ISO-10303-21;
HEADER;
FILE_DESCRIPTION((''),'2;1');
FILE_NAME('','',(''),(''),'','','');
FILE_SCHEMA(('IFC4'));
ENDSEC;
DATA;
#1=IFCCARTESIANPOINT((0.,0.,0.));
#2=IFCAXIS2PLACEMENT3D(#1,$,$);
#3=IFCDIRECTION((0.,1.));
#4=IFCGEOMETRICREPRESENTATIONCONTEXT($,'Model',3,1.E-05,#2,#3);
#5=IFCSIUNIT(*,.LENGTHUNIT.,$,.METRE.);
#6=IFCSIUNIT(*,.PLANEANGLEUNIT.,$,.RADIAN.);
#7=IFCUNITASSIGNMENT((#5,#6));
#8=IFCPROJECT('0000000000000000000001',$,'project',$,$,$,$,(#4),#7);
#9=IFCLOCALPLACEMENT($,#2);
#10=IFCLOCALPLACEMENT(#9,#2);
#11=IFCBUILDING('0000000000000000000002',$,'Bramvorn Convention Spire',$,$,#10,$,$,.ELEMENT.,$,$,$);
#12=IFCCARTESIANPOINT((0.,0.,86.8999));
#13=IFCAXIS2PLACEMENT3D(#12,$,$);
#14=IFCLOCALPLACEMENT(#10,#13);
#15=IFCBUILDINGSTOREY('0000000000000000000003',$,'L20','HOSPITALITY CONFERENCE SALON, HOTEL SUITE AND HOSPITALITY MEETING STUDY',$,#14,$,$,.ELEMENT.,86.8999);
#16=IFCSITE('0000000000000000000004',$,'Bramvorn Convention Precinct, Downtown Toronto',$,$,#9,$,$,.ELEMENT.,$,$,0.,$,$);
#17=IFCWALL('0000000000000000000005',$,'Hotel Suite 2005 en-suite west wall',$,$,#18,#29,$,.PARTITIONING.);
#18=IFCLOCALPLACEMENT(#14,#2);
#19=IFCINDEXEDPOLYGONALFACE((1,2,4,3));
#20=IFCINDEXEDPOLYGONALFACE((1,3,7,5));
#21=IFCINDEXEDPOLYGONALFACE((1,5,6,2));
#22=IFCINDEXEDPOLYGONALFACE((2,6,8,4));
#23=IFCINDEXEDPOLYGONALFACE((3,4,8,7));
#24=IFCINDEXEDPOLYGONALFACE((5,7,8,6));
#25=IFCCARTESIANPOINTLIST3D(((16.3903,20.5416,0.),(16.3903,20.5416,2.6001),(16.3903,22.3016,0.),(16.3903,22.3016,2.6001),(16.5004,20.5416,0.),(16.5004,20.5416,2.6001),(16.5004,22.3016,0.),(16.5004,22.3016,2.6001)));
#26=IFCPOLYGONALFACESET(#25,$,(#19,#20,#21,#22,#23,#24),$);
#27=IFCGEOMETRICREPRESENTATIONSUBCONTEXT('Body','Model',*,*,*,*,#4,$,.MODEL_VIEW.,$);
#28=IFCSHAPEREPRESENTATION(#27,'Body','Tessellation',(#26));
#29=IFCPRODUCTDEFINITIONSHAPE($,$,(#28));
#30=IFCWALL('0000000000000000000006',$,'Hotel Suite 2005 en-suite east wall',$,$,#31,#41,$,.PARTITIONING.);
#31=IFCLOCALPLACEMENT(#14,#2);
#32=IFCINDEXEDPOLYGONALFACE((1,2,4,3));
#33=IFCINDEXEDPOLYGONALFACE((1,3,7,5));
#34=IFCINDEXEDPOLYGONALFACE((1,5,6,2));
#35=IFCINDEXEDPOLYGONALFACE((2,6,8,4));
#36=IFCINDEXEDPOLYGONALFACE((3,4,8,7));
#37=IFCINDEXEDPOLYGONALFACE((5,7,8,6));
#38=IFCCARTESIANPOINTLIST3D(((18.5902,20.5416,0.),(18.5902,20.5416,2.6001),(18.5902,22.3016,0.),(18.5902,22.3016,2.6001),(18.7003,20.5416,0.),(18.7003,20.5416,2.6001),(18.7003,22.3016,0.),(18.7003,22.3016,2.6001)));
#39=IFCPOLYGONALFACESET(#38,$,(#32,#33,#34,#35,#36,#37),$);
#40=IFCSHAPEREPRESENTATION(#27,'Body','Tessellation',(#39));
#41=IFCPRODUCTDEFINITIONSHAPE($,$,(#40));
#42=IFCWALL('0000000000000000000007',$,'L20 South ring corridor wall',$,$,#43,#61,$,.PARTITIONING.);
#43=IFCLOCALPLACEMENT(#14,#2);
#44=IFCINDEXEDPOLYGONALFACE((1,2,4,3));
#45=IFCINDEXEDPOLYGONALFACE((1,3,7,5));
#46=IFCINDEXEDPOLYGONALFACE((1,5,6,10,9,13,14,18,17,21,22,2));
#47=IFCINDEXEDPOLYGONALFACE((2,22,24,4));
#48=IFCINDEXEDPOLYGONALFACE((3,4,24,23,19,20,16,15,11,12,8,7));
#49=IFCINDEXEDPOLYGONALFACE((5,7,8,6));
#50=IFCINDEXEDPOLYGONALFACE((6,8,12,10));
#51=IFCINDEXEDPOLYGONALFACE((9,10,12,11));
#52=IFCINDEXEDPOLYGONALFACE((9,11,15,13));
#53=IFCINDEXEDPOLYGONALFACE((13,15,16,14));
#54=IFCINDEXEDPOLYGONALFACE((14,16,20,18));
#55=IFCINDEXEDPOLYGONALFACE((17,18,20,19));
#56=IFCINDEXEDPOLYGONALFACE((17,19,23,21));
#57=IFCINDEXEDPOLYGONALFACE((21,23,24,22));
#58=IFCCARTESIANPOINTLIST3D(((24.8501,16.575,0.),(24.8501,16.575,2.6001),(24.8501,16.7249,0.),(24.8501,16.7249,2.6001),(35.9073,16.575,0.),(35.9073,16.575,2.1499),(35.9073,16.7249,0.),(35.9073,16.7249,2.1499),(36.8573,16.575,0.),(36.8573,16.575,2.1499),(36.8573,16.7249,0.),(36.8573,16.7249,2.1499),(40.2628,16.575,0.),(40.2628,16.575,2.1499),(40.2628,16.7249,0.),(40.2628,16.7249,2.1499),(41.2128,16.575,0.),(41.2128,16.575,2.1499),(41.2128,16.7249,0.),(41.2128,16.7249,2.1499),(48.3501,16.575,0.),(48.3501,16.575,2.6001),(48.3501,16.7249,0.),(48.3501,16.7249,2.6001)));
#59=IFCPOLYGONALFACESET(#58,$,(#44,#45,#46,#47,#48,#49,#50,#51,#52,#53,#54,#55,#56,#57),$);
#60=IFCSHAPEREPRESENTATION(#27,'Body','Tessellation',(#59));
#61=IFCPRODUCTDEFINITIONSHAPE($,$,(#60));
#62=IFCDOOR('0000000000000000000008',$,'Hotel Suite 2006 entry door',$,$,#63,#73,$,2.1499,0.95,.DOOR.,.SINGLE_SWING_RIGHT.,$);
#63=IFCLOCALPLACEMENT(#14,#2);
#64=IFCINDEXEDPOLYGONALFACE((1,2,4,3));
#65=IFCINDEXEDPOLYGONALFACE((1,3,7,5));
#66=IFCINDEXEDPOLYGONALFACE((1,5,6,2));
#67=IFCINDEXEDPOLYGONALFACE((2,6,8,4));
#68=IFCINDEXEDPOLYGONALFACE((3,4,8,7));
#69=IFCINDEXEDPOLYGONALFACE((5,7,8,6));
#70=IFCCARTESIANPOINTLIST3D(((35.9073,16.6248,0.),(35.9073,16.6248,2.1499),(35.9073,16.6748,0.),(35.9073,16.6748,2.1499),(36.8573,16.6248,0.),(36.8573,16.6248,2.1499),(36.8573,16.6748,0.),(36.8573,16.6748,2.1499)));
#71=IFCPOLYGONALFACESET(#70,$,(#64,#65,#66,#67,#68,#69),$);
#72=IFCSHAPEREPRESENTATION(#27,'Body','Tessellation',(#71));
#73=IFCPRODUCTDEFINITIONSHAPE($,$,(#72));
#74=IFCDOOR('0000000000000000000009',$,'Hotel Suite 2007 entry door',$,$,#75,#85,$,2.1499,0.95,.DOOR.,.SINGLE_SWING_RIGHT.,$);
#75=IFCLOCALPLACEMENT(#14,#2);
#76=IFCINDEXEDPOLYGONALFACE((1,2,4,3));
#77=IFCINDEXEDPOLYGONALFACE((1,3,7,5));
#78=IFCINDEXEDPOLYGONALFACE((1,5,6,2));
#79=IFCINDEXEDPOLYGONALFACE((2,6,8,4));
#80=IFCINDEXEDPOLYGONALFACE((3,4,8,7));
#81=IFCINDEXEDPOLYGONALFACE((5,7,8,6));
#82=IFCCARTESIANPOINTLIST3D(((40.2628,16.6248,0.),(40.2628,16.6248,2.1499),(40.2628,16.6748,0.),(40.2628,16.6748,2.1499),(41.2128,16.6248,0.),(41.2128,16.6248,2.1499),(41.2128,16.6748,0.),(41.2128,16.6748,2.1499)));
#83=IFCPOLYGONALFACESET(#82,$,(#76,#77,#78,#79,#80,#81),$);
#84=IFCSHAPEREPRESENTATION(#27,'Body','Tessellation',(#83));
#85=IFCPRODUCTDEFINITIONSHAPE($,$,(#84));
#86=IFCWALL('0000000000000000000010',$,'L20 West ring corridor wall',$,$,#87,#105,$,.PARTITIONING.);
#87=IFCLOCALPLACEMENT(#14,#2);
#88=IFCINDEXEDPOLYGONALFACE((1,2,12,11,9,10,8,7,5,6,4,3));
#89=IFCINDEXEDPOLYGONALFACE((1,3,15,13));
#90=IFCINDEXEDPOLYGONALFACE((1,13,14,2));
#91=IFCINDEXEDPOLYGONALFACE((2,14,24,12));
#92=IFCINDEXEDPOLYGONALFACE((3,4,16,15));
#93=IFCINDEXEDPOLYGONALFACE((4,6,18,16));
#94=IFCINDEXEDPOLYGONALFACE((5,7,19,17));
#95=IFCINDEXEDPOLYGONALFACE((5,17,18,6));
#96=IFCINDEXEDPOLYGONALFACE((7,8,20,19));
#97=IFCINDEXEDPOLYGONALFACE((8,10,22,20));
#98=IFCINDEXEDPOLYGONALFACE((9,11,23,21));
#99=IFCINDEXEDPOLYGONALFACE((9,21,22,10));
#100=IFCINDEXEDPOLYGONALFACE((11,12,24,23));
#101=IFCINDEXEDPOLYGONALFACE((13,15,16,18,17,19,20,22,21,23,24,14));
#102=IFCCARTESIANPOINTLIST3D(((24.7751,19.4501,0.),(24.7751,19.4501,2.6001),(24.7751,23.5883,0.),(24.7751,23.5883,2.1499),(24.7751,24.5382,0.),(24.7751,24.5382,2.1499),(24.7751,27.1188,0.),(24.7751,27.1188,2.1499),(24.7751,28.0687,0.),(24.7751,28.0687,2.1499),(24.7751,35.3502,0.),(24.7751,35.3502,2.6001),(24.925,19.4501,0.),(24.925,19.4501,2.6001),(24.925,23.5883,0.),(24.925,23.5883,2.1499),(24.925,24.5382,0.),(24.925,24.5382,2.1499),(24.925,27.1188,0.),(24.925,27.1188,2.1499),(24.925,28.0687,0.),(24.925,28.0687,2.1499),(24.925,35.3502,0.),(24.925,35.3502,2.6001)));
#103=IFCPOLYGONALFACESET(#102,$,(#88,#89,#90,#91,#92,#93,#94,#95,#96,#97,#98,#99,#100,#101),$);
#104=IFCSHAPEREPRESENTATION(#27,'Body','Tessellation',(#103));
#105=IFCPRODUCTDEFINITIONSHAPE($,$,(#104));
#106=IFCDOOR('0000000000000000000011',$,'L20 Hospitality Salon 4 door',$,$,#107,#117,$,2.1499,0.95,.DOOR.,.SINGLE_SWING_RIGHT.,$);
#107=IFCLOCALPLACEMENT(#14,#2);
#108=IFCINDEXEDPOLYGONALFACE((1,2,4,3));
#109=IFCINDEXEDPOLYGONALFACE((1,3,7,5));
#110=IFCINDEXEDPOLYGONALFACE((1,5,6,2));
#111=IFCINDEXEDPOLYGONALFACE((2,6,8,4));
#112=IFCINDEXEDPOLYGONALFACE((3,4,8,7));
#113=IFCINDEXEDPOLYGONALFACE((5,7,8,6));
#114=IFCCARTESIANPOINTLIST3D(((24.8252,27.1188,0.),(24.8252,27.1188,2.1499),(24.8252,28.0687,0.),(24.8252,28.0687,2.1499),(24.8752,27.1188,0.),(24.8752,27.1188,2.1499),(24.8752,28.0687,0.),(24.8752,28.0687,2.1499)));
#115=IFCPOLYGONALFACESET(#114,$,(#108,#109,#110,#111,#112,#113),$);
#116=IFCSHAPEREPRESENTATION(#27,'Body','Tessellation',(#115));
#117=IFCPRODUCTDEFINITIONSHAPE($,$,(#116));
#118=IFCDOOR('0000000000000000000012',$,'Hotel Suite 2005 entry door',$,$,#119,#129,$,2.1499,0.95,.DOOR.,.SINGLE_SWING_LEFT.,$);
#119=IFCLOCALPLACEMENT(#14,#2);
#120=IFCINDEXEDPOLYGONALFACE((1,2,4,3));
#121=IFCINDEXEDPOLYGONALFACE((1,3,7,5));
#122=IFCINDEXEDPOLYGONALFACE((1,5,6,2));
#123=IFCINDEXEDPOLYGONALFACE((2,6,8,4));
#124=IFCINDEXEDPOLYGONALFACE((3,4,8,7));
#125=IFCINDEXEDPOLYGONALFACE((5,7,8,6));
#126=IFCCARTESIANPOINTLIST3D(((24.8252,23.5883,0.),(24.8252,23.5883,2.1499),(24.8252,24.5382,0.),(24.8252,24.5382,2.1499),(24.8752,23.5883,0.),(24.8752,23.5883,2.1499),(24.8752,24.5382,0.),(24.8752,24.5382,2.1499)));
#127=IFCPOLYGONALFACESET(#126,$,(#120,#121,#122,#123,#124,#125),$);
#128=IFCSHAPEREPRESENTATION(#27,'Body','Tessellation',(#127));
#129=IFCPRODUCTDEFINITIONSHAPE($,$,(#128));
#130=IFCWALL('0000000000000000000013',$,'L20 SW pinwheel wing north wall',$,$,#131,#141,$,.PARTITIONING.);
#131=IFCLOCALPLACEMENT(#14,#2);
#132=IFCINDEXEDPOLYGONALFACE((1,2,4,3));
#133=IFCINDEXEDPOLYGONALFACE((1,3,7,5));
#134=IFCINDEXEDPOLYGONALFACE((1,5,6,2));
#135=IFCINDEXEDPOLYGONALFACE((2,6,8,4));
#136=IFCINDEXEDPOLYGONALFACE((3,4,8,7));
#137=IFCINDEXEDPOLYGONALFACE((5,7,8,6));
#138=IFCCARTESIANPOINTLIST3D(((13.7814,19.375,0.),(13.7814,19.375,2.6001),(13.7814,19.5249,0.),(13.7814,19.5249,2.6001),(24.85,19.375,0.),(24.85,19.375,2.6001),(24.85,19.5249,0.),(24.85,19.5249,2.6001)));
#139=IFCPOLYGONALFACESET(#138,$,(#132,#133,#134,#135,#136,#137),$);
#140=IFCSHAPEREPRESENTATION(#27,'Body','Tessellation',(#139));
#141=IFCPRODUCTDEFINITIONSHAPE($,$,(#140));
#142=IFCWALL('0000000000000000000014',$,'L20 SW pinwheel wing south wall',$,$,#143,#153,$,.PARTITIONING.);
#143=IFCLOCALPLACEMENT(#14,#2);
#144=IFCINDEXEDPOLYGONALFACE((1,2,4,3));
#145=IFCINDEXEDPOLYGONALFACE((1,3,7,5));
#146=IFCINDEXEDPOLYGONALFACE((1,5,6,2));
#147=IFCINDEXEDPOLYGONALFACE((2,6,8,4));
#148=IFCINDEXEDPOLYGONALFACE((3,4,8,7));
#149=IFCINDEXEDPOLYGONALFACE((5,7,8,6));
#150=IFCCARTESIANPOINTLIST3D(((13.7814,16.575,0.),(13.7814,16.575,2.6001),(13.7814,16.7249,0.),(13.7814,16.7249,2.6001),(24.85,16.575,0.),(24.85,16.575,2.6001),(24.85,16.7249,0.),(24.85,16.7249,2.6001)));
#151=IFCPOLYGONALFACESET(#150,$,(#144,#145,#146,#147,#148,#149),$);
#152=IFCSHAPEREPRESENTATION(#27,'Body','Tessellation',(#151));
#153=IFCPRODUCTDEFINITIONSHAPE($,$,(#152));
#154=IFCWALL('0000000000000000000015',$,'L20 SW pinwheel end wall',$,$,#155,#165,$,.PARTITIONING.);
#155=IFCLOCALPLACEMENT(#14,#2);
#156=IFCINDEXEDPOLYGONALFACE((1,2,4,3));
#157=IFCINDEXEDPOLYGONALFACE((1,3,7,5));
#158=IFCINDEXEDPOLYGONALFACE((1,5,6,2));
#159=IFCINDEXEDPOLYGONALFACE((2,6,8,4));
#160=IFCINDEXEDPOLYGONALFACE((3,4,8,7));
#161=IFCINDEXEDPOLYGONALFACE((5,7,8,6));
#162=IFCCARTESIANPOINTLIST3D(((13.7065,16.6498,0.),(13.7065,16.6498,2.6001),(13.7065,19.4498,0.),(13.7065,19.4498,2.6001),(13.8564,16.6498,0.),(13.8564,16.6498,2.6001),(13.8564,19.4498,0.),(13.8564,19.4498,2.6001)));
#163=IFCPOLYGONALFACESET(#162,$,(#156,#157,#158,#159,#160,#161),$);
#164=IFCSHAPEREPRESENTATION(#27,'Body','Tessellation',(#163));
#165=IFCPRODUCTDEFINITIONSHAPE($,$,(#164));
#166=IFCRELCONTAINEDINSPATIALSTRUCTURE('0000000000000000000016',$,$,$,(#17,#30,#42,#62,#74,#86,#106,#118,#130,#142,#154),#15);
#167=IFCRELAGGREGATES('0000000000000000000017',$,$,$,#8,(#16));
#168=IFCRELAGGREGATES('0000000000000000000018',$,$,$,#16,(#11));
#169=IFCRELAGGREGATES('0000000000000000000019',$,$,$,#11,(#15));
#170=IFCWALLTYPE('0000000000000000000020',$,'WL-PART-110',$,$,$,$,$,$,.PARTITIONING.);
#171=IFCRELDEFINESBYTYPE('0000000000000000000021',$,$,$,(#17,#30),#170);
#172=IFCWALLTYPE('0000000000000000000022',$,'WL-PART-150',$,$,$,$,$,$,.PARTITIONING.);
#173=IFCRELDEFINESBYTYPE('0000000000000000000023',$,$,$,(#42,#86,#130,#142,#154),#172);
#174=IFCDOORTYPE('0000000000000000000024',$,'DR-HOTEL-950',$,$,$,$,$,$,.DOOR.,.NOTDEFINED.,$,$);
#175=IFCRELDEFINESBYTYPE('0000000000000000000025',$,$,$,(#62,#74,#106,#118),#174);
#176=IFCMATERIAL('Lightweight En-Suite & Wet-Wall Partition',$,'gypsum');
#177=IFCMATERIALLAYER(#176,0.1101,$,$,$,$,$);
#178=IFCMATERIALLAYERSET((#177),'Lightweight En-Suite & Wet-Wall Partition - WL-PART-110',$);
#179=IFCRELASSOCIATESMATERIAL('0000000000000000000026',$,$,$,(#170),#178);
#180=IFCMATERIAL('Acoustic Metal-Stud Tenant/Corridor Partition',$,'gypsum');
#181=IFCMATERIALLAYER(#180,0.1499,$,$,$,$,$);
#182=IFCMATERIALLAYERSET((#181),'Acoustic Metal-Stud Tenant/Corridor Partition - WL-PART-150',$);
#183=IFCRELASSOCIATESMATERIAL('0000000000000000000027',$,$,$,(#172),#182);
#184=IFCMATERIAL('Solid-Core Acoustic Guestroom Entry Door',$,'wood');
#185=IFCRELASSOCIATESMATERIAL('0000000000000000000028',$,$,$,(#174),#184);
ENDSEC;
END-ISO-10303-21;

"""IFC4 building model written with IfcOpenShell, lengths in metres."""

from ifc_helpers import new_model, si_unit, direction, frame, frame_2d, origin, place, context, subcontext, project, spatial, rectangle, extrude, material, layer, layer_set, type_object, element, fill, save


model = new_model("IFC4")

# Units and contexts
model_context = context("Model", 3, precision=1e-05, world=origin(), true_north=direction((0.0, 1.0)))
body_context = subcontext(model_context, "Body", "Model", "MODEL_VIEW")
ifc_project = project(units=[si_unit("LENGTHUNIT", "METRE"), si_unit("PLANEANGLEUNIT", "RADIAN")], contexts=[model_context])

# Site, building, storey
site_placement = place(None, origin())
site = spatial("IfcSite", under=ifc_project, at=site_placement, Name="Bramvorn Convention Precinct, Downtown Toronto", CompositionType="ELEMENT", RefElevation=0.0)
building_placement = place(site_placement, origin())
building = spatial("IfcBuilding", under=site, at=building_placement, Name="Bramvorn Convention Spire", CompositionType="ELEMENT")
storey_placement = place(building_placement, frame((0.0, 0.0, 86.8999)))
storey = spatial("IfcBuildingStorey", under=building, at=storey_placement, Name="L20", Description="HOSPITALITY CONFERENCE SALON, HOTEL SUITE AND HOSPITALITY MEETING STUDY", CompositionType="ELEMENT", Elevation=86.8999)

# Shared definitions
ifc_material_1 = material(Name="Lightweight En-Suite & Wet-Wall Partition", Category="gypsum")
ifc_layer_1 = layer(ifc_material_1, 0.1101)
ifc_layer_set_1 = layer_set([ifc_layer_1], Name="Lightweight En-Suite & Wet-Wall Partition - WL-PART-110")
wall_type_1 = type_object("IfcWallType", Name="WL-PART-110", PredefinedType="PARTITIONING", material=ifc_layer_set_1)

# Walls
for number, where, z_axis, x_axis, name in (
    (1, (16.4453, 20.5417, 0.0), (0.0, 0.0, 1.0), (0.0, 1.0, 0.0), "Hotel Suite 2005 en-suite west wall"),
    (2, (18.6453, 20.5417, 0.0), (0.0, 0.0, 1.0), (0.0, 1.0, 0.0), "Hotel Suite 2005 en-suite east wall"),
):
    element("IfcWall", number, at=place(storey_placement, frame(where, z_axis=z_axis, x_axis=x_axis)), inside=storey, type_object=wall_type_1, Name=name, PredefinedType="PARTITIONING", context=body_context, shape_type="SweptSolid", body=[
        extrude(rectangle(XDim=1.76, YDim=0.1101, at=frame_2d((0.8799, 0.0))), origin(), (0.0, 0.0, 1.0), 2.6001),
    ])

# Walls, openings, doors
ifc_material_2 = material(Name="Acoustic Metal-Stud Tenant/Corridor Partition", Category="gypsum")
ifc_layer_2 = layer(ifc_material_2, 0.1499)
ifc_layer_set_2 = layer_set([ifc_layer_2], Name="Acoustic Metal-Stud Tenant/Corridor Partition - WL-PART-150")
wall_type_2 = type_object("IfcWallType", Name="WL-PART-150", PredefinedType="PARTITIONING", material=ifc_layer_set_2)
wall_1_placement = place(storey_placement, frame((24.8501, 16.6499, 0.0), z_axis=(0.0, 0.0, 1.0), x_axis=(1.0, 0.0, 0.0)))
wall_1 = element("IfcWall", 3, at=wall_1_placement, inside=storey, type_object=wall_type_2, Name="L20 South ring corridor wall", PredefinedType="PARTITIONING", context=body_context, shape_type="SweptSolid", body=[
    extrude(rectangle(XDim=23.5, YDim=0.1499, at=frame_2d((11.75, 0.0))), origin(), (0.0, 0.0, 1.0), 2.6001),
])
opening_1_placement = place(wall_1_placement, frame((11.0571, 0.0, 0.0)))
opening_1 = element("IfcOpeningElement", 4, at=opening_1_placement, cuts=wall_1, PredefinedType="OPENING", context=body_context, shape_type="SweptSolid", body=[
    extrude(rectangle(XDim=0.95, YDim=2.1499, at=frame_2d((0.4751, 1.075))), frame((0.0, 0.085, 0.0), z_axis=(0.0, -1.0, 0.0), x_axis=(1.0, 0.0, 0.0)), (0.0, 0.0, 1.0), 0.1699),
])
opening_2_placement = place(wall_1_placement, frame((15.4126, 0.0, 0.0)))
opening_2 = element("IfcOpeningElement", 5, at=opening_2_placement, cuts=wall_1, PredefinedType="OPENING", context=body_context, shape_type="SweptSolid", body=[
    extrude(rectangle(XDim=0.95, YDim=2.1499, at=frame_2d((0.4751, 1.075))), frame((0.0, 0.085, 0.0), z_axis=(0.0, -1.0, 0.0), x_axis=(1.0, 0.0, 0.0)), (0.0, 0.0, 1.0), 0.1699),
])
ifc_material_3 = material(Name="Solid-Core Acoustic Guestroom Entry Door", Category="wood")
door_type_1 = type_object("IfcDoorType", Name="DR-HOTEL-950", OperationType="NOTDEFINED", PredefinedType="DOOR", material=ifc_material_3)
door_1_placement = place(opening_1_placement, origin())
door_1 = element("IfcDoor", 6, at=door_1_placement, inside=storey, type_object=door_type_1, Name="Hotel Suite 2006 entry door", OperationType="SINGLE_SWING_RIGHT", OverallHeight=2.1499, OverallWidth=0.95, PredefinedType="DOOR", context=body_context, shape_type="SweptSolid", body=[
    extrude(rectangle(XDim=0.95, YDim=2.1499, at=frame_2d((0.4751, 1.075))), frame((0.0, 0.0249, 0.0), z_axis=(0.0, -1.0, 0.0), x_axis=(1.0, 0.0, 0.0)), (0.0, 0.0, 1.0), 0.05),
])
fill(opening_1, door_1)
door_2_placement = place(opening_2_placement, origin())
door_2 = element("IfcDoor", 7, at=door_2_placement, inside=storey, type_object=door_type_1, Name="Hotel Suite 2007 entry door", OperationType="SINGLE_SWING_RIGHT", OverallHeight=2.1499, OverallWidth=0.95, PredefinedType="DOOR", context=body_context, shape_type="SweptSolid", body=[
    extrude(rectangle(XDim=0.95, YDim=2.1499, at=frame_2d((0.4751, 1.075))), frame((0.0, 0.0249, 0.0), z_axis=(0.0, -1.0, 0.0), x_axis=(1.0, 0.0, 0.0)), (0.0, 0.0, 1.0), 0.05),
])
fill(opening_2, door_2)
wall_2_placement = place(storey_placement, frame((24.8501, 19.45, 0.0), z_axis=(0.0, 0.0, 1.0), x_axis=(0.0, 1.0, 0.0)))
wall_2 = element("IfcWall", 8, at=wall_2_placement, inside=storey, type_object=wall_type_2, Name="L20 West ring corridor wall", PredefinedType="PARTITIONING", context=body_context, shape_type="SweptSolid", body=[
    extrude(rectangle(XDim=15.9001, YDim=0.1499, at=frame_2d((7.9502, 0.0))), origin(), (0.0, 0.0, 1.0), 2.6001),
])
opening_3_placement = place(wall_2_placement, frame((7.6687, 0.0, 0.0)))
opening_3 = element("IfcOpeningElement", 9, at=opening_3_placement, cuts=wall_2, PredefinedType="OPENING", context=body_context, shape_type="SweptSolid", body=[
    extrude(rectangle(XDim=0.95, YDim=2.1499, at=frame_2d((0.4751, 1.075))), frame((0.0, 0.085, 0.0), z_axis=(0.0, -1.0, 0.0), x_axis=(1.0, 0.0, 0.0)), (0.0, 0.0, 1.0), 0.1699),
])
opening_4_placement = place(wall_2_placement, frame((4.1382, 0.0, 0.0)))
opening_4 = element("IfcOpeningElement", 10, at=opening_4_placement, cuts=wall_2, PredefinedType="OPENING", context=body_context, shape_type="SweptSolid", body=[
    extrude(rectangle(XDim=0.95, YDim=2.1499, at=frame_2d((0.4751, 1.075))), frame((0.0, 0.085, 0.0), z_axis=(0.0, -1.0, 0.0), x_axis=(1.0, 0.0, 0.0)), (0.0, 0.0, 1.0), 0.1699),
])
door_3_placement = place(opening_3_placement, origin())
door_3 = element("IfcDoor", 11, at=door_3_placement, inside=storey, type_object=door_type_1, Name="L20 Hospitality Salon 4 door", OperationType="SINGLE_SWING_RIGHT", OverallHeight=2.1499, OverallWidth=0.95, PredefinedType="DOOR", context=body_context, shape_type="SweptSolid", body=[
    extrude(rectangle(XDim=0.95, YDim=2.1499, at=frame_2d((0.4751, 1.075))), frame((0.0, 0.0249, 0.0), z_axis=(0.0, -1.0, 0.0), x_axis=(1.0, 0.0, 0.0)), (0.0, 0.0, 1.0), 0.05),
])
fill(opening_3, door_3)
door_4_placement = place(opening_4_placement, origin())
door_4 = element("IfcDoor", 12, at=door_4_placement, inside=storey, type_object=door_type_1, Name="Hotel Suite 2005 entry door", OperationType="SINGLE_SWING_LEFT", OverallHeight=2.1499, OverallWidth=0.95, PredefinedType="DOOR", context=body_context, shape_type="SweptSolid", body=[
    extrude(rectangle(XDim=0.95, YDim=2.1499, at=frame_2d((0.4751, 1.075))), frame((0.0, 0.0249, 0.0), z_axis=(0.0, -1.0, 0.0), x_axis=(1.0, 0.0, 0.0)), (0.0, 0.0, 1.0), 0.05),
])
fill(opening_4, door_4)

# Walls
for number, where, z_axis, x_axis, name in (
    (13, (13.7815, 19.45, 0.0), (0.0, 0.0, 1.0), (1.0, 0.0, 0.0), "L20 SW pinwheel wing north wall"),
    (14, (13.7815, 16.6499, 0.0), (0.0, 0.0, 1.0), (1.0, 0.0, 0.0), "L20 SW pinwheel wing south wall"),
):
    element("IfcWall", number, at=place(storey_placement, frame(where, z_axis=z_axis, x_axis=x_axis)), inside=storey, type_object=wall_type_2, Name=name, PredefinedType="PARTITIONING", context=body_context, shape_type="SweptSolid", body=[
        extrude(rectangle(XDim=11.0686, YDim=0.1499, at=frame_2d((5.5342, 0.0))), origin(), (0.0, 0.0, 1.0), 2.6001),
    ])
wall_3_placement = place(storey_placement, frame((13.7815, 16.6499, 0.0), z_axis=(0.0, 0.0, 1.0), x_axis=(0.0, 1.0, 0.0)))
element("IfcWall", 15, at=wall_3_placement, inside=storey, type_object=wall_type_2, Name="L20 SW pinwheel end wall", PredefinedType="PARTITIONING", context=body_context, shape_type="SweptSolid", body=[
    extrude(rectangle(XDim=2.8, YDim=0.1499, at=frame_2d((1.3999, 0.0))), origin(), (0.0, 0.0, 1.0), 2.6001),
])

save(model, "model.ifc")
